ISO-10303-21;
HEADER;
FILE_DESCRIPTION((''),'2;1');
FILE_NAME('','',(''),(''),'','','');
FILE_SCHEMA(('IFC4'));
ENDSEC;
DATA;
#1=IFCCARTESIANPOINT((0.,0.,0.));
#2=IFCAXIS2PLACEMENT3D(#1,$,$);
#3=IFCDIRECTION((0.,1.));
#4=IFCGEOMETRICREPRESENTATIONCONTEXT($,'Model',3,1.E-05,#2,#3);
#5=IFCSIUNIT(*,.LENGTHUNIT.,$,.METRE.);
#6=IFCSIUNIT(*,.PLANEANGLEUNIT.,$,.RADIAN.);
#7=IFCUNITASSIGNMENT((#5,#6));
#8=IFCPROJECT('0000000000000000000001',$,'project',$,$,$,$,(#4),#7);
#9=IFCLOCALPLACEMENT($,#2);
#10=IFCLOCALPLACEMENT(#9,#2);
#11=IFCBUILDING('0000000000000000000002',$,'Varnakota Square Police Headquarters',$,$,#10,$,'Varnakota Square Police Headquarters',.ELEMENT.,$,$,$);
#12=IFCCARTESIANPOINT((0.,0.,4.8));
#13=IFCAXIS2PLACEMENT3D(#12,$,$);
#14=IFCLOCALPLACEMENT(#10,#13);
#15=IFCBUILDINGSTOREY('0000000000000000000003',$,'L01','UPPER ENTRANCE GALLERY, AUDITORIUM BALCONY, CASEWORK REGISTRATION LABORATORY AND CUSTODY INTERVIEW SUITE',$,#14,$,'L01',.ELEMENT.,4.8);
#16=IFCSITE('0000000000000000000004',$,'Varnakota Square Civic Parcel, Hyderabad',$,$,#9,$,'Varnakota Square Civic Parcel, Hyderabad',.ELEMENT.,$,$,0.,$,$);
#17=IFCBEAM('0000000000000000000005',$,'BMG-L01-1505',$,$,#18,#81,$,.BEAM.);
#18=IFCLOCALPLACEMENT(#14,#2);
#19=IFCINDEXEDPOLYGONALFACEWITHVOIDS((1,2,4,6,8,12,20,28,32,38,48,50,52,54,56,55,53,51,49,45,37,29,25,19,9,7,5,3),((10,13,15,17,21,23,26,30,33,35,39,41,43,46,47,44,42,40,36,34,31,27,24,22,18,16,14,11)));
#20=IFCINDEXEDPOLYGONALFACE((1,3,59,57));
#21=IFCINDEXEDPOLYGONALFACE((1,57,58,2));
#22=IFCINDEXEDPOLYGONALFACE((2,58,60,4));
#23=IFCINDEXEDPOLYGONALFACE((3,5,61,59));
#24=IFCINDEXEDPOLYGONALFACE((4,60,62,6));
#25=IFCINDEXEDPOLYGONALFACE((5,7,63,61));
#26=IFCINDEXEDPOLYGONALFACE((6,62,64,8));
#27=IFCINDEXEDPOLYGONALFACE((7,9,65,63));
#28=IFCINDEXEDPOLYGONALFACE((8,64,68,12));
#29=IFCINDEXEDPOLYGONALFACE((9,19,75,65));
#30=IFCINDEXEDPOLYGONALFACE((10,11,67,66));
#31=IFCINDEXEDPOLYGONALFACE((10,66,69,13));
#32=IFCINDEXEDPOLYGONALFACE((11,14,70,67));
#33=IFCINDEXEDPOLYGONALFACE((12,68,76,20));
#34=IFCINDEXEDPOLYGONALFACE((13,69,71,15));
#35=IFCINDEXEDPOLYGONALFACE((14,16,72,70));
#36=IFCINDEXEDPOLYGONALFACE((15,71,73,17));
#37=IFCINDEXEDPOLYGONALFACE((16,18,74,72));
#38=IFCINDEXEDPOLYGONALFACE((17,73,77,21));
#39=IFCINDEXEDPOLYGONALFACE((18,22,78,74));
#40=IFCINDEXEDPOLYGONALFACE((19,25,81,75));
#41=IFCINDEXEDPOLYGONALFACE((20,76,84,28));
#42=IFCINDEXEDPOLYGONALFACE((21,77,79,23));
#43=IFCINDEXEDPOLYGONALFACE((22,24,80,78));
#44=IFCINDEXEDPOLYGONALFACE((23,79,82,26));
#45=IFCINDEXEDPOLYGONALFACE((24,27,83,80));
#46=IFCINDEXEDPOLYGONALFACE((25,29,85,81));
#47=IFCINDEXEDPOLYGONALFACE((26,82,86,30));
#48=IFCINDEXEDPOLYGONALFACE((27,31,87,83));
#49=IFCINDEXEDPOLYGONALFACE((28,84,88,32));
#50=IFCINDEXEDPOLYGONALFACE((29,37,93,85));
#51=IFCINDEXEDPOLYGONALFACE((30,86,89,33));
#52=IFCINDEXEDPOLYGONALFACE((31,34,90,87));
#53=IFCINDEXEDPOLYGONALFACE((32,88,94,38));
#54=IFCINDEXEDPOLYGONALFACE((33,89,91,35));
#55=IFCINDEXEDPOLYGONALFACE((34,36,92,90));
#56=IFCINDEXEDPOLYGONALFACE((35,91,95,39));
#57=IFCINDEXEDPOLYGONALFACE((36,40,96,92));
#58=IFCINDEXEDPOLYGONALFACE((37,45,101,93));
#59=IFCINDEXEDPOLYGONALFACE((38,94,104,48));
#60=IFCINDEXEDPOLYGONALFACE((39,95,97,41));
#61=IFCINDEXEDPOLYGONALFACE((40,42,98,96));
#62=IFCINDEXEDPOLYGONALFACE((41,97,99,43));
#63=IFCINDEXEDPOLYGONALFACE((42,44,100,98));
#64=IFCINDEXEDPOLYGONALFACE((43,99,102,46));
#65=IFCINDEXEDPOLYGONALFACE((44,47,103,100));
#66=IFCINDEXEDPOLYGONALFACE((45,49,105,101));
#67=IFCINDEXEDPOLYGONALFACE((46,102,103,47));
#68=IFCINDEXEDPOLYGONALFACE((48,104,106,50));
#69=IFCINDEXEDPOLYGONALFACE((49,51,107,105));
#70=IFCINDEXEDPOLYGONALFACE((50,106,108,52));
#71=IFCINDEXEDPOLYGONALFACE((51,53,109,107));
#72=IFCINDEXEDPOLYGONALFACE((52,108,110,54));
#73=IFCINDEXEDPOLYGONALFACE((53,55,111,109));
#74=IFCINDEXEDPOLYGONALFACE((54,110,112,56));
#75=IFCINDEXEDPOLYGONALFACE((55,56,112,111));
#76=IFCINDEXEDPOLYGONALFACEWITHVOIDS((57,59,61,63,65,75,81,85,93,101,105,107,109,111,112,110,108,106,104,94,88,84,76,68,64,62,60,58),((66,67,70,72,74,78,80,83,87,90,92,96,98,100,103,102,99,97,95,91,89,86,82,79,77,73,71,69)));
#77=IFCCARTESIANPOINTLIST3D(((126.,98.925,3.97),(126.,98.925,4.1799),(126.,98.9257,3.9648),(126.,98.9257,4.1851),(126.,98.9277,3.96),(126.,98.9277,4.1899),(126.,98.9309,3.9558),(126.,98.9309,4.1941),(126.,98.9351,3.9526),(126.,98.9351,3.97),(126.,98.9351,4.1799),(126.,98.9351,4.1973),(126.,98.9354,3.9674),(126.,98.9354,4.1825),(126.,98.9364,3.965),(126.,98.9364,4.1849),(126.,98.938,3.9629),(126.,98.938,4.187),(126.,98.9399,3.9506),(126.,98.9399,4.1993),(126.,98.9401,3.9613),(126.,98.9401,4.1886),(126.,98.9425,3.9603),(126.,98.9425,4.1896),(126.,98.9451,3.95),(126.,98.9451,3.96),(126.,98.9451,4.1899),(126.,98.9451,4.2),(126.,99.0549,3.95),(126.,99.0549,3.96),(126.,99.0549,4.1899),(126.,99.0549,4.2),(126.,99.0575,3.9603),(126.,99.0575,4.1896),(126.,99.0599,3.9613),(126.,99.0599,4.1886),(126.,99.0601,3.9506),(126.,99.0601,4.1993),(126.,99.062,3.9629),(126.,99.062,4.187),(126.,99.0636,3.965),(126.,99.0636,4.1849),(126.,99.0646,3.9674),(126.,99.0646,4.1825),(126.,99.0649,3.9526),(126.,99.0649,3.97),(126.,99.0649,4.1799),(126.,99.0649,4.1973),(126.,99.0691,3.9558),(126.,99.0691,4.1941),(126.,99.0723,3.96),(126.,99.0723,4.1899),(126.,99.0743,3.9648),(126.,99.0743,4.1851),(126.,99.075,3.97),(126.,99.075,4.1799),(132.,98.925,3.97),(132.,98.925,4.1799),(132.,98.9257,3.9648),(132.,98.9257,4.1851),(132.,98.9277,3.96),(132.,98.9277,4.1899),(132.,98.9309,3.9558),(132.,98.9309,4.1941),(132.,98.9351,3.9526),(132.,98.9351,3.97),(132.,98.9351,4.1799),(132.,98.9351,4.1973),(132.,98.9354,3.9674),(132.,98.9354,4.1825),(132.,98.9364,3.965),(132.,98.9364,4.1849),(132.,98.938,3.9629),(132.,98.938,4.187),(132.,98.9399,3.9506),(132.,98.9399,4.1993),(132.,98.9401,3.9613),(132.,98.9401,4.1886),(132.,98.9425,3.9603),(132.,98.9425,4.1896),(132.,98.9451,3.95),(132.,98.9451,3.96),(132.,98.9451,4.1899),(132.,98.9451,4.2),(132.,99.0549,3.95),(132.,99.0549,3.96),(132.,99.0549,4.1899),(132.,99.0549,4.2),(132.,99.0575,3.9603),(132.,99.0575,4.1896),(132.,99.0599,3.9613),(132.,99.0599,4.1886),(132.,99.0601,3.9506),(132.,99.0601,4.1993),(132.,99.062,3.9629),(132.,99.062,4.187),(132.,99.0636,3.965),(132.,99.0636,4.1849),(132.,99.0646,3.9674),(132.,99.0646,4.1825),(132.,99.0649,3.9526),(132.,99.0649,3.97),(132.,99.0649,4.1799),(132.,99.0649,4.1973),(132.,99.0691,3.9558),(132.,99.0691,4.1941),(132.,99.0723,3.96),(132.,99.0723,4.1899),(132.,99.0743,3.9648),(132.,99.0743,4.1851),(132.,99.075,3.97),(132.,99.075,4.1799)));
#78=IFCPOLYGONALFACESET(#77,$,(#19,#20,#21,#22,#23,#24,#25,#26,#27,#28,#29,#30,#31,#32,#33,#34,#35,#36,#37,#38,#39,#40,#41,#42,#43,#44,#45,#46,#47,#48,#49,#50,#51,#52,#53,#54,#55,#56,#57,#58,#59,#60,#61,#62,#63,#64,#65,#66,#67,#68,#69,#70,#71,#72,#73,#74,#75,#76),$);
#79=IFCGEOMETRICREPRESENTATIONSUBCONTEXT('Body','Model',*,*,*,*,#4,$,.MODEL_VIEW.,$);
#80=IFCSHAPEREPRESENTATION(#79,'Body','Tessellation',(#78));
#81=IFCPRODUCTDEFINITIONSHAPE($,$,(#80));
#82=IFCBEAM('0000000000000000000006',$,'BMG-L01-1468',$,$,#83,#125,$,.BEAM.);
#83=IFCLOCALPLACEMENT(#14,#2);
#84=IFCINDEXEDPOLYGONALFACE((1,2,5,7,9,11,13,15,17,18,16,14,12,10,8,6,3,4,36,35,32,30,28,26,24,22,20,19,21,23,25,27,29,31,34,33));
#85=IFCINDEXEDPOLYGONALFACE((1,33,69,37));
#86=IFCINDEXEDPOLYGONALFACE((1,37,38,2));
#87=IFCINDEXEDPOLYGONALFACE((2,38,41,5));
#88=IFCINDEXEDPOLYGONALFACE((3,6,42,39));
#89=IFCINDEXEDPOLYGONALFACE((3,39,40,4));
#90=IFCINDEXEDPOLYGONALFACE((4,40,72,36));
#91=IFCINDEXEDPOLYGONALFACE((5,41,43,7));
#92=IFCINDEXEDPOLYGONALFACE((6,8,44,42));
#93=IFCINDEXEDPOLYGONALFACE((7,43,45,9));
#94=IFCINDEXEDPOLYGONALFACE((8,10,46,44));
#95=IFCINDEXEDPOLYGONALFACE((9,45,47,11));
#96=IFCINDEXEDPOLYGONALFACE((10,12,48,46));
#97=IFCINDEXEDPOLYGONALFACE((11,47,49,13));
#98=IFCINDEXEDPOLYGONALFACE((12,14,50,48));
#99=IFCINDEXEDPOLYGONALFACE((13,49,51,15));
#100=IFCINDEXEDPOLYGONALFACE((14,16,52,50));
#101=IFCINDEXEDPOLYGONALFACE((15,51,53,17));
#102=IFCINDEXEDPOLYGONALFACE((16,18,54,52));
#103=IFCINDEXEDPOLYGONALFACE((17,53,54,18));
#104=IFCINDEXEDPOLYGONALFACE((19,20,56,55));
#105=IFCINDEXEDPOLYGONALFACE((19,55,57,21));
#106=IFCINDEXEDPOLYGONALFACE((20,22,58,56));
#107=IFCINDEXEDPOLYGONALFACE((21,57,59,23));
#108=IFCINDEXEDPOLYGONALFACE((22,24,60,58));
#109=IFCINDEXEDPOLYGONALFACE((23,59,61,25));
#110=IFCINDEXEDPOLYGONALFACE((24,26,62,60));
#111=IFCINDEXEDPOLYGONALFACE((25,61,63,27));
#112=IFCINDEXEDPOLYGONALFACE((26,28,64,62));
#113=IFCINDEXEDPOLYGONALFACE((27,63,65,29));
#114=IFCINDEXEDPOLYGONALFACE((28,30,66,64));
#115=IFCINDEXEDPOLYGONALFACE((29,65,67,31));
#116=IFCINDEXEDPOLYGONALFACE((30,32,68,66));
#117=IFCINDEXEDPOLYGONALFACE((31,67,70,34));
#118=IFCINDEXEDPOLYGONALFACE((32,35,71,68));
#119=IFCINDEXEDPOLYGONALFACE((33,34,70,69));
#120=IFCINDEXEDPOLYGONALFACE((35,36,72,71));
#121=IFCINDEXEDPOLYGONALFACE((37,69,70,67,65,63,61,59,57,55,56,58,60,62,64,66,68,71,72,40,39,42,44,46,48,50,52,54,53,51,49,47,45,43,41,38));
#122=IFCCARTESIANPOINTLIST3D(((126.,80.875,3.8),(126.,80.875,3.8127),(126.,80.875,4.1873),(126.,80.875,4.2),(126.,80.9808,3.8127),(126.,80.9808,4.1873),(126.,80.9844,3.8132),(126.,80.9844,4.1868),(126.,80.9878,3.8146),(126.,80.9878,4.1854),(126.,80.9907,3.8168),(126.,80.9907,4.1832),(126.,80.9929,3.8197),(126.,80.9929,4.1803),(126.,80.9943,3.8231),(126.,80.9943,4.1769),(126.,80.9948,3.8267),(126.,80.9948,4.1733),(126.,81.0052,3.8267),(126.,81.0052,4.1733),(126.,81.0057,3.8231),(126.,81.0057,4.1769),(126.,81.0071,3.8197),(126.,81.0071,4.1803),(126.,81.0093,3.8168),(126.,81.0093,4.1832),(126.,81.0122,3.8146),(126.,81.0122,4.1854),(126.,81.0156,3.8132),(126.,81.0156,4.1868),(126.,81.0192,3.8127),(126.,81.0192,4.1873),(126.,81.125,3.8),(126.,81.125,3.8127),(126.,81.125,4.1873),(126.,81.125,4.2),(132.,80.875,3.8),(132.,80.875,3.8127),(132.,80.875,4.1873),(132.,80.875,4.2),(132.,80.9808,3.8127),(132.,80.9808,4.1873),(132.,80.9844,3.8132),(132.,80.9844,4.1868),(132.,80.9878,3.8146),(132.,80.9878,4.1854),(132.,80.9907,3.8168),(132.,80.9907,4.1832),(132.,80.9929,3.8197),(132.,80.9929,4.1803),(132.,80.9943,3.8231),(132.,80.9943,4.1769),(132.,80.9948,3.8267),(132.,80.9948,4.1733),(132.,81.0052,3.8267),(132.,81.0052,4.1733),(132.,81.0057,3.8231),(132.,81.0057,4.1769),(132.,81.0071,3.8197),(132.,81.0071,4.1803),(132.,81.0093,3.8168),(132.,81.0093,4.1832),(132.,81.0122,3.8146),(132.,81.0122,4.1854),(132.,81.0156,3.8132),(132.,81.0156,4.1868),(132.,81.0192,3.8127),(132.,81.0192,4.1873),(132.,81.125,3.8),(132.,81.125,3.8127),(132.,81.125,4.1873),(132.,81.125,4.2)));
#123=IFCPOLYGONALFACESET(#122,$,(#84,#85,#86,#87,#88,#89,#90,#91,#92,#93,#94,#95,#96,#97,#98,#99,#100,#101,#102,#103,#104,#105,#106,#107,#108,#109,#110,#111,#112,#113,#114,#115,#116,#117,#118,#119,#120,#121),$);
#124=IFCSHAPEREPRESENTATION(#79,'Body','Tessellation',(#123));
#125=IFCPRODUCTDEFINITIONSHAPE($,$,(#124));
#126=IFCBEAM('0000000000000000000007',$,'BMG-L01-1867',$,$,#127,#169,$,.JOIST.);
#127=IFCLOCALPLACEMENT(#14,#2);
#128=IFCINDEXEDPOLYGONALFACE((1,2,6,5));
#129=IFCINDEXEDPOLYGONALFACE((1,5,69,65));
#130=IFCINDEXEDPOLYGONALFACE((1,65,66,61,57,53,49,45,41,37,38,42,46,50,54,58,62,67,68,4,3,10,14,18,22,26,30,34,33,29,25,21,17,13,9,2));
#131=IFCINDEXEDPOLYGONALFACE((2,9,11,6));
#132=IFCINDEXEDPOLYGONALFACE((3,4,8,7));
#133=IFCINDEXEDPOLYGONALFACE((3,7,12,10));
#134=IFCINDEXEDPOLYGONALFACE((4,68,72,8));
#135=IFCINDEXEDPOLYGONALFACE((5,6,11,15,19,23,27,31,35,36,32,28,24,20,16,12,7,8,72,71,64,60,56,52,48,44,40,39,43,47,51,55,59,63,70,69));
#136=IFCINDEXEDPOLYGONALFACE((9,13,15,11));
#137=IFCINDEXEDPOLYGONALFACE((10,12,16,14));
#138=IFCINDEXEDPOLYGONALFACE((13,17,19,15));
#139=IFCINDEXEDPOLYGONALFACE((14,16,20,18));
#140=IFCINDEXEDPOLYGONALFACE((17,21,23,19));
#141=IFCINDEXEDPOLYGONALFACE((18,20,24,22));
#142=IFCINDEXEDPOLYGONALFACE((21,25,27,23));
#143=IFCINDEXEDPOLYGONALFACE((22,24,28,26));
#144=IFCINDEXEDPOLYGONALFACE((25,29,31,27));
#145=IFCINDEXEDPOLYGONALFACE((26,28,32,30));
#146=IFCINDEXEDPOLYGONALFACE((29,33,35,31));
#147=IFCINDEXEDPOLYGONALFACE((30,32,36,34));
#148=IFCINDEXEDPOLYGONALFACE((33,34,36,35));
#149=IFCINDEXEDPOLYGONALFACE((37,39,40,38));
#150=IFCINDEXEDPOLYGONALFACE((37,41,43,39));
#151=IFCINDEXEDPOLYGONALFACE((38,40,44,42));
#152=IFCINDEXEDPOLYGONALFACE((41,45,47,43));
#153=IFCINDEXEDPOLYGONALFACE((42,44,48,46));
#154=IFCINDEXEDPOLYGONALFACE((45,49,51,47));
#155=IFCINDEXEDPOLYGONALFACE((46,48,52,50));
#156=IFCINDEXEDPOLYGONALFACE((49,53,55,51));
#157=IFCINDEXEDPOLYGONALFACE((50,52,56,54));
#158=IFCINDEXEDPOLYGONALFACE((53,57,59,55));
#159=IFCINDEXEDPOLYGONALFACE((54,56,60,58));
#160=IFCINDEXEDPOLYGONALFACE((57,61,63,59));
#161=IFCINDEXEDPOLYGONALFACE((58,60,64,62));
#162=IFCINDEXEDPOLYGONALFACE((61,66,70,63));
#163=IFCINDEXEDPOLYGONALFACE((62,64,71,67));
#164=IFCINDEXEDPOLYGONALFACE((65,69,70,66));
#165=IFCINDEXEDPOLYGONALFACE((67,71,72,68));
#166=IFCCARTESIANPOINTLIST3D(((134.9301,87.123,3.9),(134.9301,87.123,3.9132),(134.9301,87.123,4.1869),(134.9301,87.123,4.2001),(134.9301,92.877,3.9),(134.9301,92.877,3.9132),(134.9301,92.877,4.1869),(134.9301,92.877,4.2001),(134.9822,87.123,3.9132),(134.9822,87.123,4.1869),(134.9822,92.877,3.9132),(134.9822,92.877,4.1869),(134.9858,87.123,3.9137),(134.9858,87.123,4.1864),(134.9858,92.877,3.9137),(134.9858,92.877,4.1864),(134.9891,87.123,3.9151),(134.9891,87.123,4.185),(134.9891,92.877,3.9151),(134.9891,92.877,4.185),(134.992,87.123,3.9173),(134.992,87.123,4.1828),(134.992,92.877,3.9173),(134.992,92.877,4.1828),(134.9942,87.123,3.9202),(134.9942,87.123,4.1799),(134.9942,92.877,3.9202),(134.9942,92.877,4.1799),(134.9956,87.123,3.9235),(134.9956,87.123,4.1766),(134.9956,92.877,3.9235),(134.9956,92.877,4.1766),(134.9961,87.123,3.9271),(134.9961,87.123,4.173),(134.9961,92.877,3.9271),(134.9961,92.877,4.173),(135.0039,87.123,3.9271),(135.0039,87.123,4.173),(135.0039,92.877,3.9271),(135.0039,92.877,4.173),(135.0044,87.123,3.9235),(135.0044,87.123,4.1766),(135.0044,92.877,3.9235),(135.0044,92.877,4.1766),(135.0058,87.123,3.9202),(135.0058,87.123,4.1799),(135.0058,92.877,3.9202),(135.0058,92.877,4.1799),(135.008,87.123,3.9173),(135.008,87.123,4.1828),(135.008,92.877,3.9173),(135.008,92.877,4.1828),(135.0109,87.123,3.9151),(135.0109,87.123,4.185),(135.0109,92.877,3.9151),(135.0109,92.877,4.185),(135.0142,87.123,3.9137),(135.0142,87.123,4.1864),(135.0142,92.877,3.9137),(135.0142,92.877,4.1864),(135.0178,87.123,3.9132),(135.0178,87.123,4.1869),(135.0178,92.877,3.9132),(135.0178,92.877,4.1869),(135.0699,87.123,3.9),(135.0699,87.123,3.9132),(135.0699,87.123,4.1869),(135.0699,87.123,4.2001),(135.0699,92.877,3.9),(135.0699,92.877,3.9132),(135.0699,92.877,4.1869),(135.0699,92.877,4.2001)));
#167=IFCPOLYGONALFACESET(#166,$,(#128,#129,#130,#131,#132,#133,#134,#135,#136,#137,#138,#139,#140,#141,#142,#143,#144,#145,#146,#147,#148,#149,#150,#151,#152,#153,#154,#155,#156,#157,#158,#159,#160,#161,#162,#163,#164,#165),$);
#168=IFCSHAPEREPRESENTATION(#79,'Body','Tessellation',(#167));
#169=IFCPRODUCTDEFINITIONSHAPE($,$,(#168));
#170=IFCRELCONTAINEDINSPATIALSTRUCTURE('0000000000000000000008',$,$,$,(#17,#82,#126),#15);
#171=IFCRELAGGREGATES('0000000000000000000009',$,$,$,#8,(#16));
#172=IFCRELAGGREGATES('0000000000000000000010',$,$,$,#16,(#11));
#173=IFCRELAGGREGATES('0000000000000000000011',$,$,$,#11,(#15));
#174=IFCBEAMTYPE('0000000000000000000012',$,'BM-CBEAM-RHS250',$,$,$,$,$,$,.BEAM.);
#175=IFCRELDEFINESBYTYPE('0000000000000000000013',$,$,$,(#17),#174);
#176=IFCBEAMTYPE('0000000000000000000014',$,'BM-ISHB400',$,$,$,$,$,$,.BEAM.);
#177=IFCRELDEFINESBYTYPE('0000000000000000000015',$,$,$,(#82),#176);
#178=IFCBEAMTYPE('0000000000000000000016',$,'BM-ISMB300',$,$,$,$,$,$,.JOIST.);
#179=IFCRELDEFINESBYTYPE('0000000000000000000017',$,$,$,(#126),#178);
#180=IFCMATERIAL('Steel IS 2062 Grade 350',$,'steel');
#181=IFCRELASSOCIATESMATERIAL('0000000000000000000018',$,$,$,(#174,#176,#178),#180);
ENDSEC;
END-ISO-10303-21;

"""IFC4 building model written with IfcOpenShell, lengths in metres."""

from ifc_helpers import new_model, si_unit, direction, frame, origin, origin_2d, place, context, subcontext, project, spatial, hollow_rectangle, i_section, extrude, material, material_profile, profile_set, type_object, element, save


model = new_model("IFC4")

# Units and contexts
model_context = context("Model", 3, precision=1e-05, world=origin(), true_north=direction((0.0, 1.0)))
body_context = subcontext(model_context, "Body", "Model", "MODEL_VIEW")
ifc_project = project(units=[si_unit("LENGTHUNIT", "METRE"), si_unit("PLANEANGLEUNIT", "RADIAN")], contexts=[model_context])

# Site, building, storey
site_placement = place(None, origin())
site = spatial("IfcSite", under=ifc_project, at=site_placement, Name="Varnakota Square Civic Parcel, Hyderabad", LongName="Varnakota Square Civic Parcel, Hyderabad", CompositionType="ELEMENT", RefElevation=0.0)
building_placement = place(site_placement, origin())
building = spatial("IfcBuilding", under=site, at=building_placement, Name="Varnakota Square Police Headquarters", LongName="Varnakota Square Police Headquarters", CompositionType="ELEMENT")
storey_placement = place(building_placement, frame((0.0, 0.0, 4.8)))
storey = spatial("IfcBuildingStorey", under=building, at=storey_placement, Name="L01", Description="UPPER ENTRANCE GALLERY, AUDITORIUM BALCONY, CASEWORK REGISTRATION LABORATORY AND CUSTODY INTERVIEW SUITE", LongName="L01", CompositionType="ELEMENT", Elevation=4.8)

# Shared definitions
ifc_material_1 = material(Name="Steel IS 2062 Grade 350", Category="steel")

# Beams
ifc_material_profile_1 = material_profile(ifc_material_1, hollow_rectangle(XDim=0.1499, YDim=0.25, WallThickness=0.01, InnerFilletRadius=0.01, OuterFilletRadius=0.02, at=origin_2d()), Name="RHS 250x150x10")
ifc_profile_set_1 = profile_set([ifc_material_profile_1], Name="Steel IS 2062 Grade 350")
beam_type_1 = type_object("IfcBeamType", Name="BM-CBEAM-RHS250", PredefinedType="BEAM", material=ifc_profile_set_1)
beam_1_placement = place(storey_placement, frame((126.0, 99.0, 4.075), z_axis=(1.0, 0.0, 0.0), x_axis=(0.0, 1.0, 0.0)))
element("IfcBeam", 1, at=beam_1_placement, inside=storey, type_object=beam_type_1, Name="BMG-L01-1505", PredefinedType="BEAM", context=body_context, shape_type="SweptSolid", body=[
    extrude(hollow_rectangle(XDim=0.1499, YDim=0.25, WallThickness=0.01, InnerFilletRadius=0.01, OuterFilletRadius=0.02, at=origin_2d()), origin(), (0.0, 0.0, 1.0), 6.0),
])
ifc_material_profile_2 = material_profile(ifc_material_1, i_section(OverallWidth=0.25, OverallDepth=0.3999, WebThickness=0.0105, FlangeThickness=0.0127, FilletRadius=0.0139, at=origin_2d()), Name="ISHB 400")
ifc_profile_set_2 = profile_set([ifc_material_profile_2], Name="Steel IS 2062 Grade 350")
beam_type_2 = type_object("IfcBeamType", Name="BM-ISHB400", PredefinedType="BEAM", material=ifc_profile_set_2)
beam_2_placement = place(storey_placement, frame((126.0, 81.0, 4.0), z_axis=(1.0, 0.0, 0.0), x_axis=(0.0, 1.0, 0.0)))
element("IfcBeam", 2, at=beam_2_placement, inside=storey, type_object=beam_type_2, Name="BMG-L01-1468", PredefinedType="BEAM", context=body_context, shape_type="SweptSolid", body=[
    extrude(i_section(OverallWidth=0.25, OverallDepth=0.3999, WebThickness=0.0105, FlangeThickness=0.0127, FilletRadius=0.0139, at=origin_2d()), origin(), (0.0, 0.0, 1.0), 6.0),
])
ifc_material_profile_3 = material_profile(ifc_material_1, i_section(OverallWidth=0.1399, OverallDepth=0.3, WebThickness=0.0078, FlangeThickness=0.0132, FilletRadius=0.0139, at=origin_2d()), Name="ISMB 300")
ifc_profile_set_3 = profile_set([ifc_material_profile_3], Name="Steel IS 2062 Grade 350")
beam_type_3 = type_object("IfcBeamType", Name="BM-ISMB300", PredefinedType="JOIST", material=ifc_profile_set_3)
beam_3_placement = place(storey_placement, frame((135.0, 87.123, 4.05), z_axis=(0.0, 1.0, 0.0), x_axis=(-1.0, 0.0, 0.0)))
element("IfcBeam", 3, at=beam_3_placement, inside=storey, type_object=beam_type_3, Name="BMG-L01-1867", PredefinedType="JOIST", context=body_context, shape_type="SweptSolid", body=[
    extrude(i_section(OverallWidth=0.1399, OverallDepth=0.3, WebThickness=0.0078, FlangeThickness=0.0132, FilletRadius=0.0139, at=origin_2d()), origin(), (0.0, 0.0, 1.0), 5.7539),
])

save(model, "model.ifc")
